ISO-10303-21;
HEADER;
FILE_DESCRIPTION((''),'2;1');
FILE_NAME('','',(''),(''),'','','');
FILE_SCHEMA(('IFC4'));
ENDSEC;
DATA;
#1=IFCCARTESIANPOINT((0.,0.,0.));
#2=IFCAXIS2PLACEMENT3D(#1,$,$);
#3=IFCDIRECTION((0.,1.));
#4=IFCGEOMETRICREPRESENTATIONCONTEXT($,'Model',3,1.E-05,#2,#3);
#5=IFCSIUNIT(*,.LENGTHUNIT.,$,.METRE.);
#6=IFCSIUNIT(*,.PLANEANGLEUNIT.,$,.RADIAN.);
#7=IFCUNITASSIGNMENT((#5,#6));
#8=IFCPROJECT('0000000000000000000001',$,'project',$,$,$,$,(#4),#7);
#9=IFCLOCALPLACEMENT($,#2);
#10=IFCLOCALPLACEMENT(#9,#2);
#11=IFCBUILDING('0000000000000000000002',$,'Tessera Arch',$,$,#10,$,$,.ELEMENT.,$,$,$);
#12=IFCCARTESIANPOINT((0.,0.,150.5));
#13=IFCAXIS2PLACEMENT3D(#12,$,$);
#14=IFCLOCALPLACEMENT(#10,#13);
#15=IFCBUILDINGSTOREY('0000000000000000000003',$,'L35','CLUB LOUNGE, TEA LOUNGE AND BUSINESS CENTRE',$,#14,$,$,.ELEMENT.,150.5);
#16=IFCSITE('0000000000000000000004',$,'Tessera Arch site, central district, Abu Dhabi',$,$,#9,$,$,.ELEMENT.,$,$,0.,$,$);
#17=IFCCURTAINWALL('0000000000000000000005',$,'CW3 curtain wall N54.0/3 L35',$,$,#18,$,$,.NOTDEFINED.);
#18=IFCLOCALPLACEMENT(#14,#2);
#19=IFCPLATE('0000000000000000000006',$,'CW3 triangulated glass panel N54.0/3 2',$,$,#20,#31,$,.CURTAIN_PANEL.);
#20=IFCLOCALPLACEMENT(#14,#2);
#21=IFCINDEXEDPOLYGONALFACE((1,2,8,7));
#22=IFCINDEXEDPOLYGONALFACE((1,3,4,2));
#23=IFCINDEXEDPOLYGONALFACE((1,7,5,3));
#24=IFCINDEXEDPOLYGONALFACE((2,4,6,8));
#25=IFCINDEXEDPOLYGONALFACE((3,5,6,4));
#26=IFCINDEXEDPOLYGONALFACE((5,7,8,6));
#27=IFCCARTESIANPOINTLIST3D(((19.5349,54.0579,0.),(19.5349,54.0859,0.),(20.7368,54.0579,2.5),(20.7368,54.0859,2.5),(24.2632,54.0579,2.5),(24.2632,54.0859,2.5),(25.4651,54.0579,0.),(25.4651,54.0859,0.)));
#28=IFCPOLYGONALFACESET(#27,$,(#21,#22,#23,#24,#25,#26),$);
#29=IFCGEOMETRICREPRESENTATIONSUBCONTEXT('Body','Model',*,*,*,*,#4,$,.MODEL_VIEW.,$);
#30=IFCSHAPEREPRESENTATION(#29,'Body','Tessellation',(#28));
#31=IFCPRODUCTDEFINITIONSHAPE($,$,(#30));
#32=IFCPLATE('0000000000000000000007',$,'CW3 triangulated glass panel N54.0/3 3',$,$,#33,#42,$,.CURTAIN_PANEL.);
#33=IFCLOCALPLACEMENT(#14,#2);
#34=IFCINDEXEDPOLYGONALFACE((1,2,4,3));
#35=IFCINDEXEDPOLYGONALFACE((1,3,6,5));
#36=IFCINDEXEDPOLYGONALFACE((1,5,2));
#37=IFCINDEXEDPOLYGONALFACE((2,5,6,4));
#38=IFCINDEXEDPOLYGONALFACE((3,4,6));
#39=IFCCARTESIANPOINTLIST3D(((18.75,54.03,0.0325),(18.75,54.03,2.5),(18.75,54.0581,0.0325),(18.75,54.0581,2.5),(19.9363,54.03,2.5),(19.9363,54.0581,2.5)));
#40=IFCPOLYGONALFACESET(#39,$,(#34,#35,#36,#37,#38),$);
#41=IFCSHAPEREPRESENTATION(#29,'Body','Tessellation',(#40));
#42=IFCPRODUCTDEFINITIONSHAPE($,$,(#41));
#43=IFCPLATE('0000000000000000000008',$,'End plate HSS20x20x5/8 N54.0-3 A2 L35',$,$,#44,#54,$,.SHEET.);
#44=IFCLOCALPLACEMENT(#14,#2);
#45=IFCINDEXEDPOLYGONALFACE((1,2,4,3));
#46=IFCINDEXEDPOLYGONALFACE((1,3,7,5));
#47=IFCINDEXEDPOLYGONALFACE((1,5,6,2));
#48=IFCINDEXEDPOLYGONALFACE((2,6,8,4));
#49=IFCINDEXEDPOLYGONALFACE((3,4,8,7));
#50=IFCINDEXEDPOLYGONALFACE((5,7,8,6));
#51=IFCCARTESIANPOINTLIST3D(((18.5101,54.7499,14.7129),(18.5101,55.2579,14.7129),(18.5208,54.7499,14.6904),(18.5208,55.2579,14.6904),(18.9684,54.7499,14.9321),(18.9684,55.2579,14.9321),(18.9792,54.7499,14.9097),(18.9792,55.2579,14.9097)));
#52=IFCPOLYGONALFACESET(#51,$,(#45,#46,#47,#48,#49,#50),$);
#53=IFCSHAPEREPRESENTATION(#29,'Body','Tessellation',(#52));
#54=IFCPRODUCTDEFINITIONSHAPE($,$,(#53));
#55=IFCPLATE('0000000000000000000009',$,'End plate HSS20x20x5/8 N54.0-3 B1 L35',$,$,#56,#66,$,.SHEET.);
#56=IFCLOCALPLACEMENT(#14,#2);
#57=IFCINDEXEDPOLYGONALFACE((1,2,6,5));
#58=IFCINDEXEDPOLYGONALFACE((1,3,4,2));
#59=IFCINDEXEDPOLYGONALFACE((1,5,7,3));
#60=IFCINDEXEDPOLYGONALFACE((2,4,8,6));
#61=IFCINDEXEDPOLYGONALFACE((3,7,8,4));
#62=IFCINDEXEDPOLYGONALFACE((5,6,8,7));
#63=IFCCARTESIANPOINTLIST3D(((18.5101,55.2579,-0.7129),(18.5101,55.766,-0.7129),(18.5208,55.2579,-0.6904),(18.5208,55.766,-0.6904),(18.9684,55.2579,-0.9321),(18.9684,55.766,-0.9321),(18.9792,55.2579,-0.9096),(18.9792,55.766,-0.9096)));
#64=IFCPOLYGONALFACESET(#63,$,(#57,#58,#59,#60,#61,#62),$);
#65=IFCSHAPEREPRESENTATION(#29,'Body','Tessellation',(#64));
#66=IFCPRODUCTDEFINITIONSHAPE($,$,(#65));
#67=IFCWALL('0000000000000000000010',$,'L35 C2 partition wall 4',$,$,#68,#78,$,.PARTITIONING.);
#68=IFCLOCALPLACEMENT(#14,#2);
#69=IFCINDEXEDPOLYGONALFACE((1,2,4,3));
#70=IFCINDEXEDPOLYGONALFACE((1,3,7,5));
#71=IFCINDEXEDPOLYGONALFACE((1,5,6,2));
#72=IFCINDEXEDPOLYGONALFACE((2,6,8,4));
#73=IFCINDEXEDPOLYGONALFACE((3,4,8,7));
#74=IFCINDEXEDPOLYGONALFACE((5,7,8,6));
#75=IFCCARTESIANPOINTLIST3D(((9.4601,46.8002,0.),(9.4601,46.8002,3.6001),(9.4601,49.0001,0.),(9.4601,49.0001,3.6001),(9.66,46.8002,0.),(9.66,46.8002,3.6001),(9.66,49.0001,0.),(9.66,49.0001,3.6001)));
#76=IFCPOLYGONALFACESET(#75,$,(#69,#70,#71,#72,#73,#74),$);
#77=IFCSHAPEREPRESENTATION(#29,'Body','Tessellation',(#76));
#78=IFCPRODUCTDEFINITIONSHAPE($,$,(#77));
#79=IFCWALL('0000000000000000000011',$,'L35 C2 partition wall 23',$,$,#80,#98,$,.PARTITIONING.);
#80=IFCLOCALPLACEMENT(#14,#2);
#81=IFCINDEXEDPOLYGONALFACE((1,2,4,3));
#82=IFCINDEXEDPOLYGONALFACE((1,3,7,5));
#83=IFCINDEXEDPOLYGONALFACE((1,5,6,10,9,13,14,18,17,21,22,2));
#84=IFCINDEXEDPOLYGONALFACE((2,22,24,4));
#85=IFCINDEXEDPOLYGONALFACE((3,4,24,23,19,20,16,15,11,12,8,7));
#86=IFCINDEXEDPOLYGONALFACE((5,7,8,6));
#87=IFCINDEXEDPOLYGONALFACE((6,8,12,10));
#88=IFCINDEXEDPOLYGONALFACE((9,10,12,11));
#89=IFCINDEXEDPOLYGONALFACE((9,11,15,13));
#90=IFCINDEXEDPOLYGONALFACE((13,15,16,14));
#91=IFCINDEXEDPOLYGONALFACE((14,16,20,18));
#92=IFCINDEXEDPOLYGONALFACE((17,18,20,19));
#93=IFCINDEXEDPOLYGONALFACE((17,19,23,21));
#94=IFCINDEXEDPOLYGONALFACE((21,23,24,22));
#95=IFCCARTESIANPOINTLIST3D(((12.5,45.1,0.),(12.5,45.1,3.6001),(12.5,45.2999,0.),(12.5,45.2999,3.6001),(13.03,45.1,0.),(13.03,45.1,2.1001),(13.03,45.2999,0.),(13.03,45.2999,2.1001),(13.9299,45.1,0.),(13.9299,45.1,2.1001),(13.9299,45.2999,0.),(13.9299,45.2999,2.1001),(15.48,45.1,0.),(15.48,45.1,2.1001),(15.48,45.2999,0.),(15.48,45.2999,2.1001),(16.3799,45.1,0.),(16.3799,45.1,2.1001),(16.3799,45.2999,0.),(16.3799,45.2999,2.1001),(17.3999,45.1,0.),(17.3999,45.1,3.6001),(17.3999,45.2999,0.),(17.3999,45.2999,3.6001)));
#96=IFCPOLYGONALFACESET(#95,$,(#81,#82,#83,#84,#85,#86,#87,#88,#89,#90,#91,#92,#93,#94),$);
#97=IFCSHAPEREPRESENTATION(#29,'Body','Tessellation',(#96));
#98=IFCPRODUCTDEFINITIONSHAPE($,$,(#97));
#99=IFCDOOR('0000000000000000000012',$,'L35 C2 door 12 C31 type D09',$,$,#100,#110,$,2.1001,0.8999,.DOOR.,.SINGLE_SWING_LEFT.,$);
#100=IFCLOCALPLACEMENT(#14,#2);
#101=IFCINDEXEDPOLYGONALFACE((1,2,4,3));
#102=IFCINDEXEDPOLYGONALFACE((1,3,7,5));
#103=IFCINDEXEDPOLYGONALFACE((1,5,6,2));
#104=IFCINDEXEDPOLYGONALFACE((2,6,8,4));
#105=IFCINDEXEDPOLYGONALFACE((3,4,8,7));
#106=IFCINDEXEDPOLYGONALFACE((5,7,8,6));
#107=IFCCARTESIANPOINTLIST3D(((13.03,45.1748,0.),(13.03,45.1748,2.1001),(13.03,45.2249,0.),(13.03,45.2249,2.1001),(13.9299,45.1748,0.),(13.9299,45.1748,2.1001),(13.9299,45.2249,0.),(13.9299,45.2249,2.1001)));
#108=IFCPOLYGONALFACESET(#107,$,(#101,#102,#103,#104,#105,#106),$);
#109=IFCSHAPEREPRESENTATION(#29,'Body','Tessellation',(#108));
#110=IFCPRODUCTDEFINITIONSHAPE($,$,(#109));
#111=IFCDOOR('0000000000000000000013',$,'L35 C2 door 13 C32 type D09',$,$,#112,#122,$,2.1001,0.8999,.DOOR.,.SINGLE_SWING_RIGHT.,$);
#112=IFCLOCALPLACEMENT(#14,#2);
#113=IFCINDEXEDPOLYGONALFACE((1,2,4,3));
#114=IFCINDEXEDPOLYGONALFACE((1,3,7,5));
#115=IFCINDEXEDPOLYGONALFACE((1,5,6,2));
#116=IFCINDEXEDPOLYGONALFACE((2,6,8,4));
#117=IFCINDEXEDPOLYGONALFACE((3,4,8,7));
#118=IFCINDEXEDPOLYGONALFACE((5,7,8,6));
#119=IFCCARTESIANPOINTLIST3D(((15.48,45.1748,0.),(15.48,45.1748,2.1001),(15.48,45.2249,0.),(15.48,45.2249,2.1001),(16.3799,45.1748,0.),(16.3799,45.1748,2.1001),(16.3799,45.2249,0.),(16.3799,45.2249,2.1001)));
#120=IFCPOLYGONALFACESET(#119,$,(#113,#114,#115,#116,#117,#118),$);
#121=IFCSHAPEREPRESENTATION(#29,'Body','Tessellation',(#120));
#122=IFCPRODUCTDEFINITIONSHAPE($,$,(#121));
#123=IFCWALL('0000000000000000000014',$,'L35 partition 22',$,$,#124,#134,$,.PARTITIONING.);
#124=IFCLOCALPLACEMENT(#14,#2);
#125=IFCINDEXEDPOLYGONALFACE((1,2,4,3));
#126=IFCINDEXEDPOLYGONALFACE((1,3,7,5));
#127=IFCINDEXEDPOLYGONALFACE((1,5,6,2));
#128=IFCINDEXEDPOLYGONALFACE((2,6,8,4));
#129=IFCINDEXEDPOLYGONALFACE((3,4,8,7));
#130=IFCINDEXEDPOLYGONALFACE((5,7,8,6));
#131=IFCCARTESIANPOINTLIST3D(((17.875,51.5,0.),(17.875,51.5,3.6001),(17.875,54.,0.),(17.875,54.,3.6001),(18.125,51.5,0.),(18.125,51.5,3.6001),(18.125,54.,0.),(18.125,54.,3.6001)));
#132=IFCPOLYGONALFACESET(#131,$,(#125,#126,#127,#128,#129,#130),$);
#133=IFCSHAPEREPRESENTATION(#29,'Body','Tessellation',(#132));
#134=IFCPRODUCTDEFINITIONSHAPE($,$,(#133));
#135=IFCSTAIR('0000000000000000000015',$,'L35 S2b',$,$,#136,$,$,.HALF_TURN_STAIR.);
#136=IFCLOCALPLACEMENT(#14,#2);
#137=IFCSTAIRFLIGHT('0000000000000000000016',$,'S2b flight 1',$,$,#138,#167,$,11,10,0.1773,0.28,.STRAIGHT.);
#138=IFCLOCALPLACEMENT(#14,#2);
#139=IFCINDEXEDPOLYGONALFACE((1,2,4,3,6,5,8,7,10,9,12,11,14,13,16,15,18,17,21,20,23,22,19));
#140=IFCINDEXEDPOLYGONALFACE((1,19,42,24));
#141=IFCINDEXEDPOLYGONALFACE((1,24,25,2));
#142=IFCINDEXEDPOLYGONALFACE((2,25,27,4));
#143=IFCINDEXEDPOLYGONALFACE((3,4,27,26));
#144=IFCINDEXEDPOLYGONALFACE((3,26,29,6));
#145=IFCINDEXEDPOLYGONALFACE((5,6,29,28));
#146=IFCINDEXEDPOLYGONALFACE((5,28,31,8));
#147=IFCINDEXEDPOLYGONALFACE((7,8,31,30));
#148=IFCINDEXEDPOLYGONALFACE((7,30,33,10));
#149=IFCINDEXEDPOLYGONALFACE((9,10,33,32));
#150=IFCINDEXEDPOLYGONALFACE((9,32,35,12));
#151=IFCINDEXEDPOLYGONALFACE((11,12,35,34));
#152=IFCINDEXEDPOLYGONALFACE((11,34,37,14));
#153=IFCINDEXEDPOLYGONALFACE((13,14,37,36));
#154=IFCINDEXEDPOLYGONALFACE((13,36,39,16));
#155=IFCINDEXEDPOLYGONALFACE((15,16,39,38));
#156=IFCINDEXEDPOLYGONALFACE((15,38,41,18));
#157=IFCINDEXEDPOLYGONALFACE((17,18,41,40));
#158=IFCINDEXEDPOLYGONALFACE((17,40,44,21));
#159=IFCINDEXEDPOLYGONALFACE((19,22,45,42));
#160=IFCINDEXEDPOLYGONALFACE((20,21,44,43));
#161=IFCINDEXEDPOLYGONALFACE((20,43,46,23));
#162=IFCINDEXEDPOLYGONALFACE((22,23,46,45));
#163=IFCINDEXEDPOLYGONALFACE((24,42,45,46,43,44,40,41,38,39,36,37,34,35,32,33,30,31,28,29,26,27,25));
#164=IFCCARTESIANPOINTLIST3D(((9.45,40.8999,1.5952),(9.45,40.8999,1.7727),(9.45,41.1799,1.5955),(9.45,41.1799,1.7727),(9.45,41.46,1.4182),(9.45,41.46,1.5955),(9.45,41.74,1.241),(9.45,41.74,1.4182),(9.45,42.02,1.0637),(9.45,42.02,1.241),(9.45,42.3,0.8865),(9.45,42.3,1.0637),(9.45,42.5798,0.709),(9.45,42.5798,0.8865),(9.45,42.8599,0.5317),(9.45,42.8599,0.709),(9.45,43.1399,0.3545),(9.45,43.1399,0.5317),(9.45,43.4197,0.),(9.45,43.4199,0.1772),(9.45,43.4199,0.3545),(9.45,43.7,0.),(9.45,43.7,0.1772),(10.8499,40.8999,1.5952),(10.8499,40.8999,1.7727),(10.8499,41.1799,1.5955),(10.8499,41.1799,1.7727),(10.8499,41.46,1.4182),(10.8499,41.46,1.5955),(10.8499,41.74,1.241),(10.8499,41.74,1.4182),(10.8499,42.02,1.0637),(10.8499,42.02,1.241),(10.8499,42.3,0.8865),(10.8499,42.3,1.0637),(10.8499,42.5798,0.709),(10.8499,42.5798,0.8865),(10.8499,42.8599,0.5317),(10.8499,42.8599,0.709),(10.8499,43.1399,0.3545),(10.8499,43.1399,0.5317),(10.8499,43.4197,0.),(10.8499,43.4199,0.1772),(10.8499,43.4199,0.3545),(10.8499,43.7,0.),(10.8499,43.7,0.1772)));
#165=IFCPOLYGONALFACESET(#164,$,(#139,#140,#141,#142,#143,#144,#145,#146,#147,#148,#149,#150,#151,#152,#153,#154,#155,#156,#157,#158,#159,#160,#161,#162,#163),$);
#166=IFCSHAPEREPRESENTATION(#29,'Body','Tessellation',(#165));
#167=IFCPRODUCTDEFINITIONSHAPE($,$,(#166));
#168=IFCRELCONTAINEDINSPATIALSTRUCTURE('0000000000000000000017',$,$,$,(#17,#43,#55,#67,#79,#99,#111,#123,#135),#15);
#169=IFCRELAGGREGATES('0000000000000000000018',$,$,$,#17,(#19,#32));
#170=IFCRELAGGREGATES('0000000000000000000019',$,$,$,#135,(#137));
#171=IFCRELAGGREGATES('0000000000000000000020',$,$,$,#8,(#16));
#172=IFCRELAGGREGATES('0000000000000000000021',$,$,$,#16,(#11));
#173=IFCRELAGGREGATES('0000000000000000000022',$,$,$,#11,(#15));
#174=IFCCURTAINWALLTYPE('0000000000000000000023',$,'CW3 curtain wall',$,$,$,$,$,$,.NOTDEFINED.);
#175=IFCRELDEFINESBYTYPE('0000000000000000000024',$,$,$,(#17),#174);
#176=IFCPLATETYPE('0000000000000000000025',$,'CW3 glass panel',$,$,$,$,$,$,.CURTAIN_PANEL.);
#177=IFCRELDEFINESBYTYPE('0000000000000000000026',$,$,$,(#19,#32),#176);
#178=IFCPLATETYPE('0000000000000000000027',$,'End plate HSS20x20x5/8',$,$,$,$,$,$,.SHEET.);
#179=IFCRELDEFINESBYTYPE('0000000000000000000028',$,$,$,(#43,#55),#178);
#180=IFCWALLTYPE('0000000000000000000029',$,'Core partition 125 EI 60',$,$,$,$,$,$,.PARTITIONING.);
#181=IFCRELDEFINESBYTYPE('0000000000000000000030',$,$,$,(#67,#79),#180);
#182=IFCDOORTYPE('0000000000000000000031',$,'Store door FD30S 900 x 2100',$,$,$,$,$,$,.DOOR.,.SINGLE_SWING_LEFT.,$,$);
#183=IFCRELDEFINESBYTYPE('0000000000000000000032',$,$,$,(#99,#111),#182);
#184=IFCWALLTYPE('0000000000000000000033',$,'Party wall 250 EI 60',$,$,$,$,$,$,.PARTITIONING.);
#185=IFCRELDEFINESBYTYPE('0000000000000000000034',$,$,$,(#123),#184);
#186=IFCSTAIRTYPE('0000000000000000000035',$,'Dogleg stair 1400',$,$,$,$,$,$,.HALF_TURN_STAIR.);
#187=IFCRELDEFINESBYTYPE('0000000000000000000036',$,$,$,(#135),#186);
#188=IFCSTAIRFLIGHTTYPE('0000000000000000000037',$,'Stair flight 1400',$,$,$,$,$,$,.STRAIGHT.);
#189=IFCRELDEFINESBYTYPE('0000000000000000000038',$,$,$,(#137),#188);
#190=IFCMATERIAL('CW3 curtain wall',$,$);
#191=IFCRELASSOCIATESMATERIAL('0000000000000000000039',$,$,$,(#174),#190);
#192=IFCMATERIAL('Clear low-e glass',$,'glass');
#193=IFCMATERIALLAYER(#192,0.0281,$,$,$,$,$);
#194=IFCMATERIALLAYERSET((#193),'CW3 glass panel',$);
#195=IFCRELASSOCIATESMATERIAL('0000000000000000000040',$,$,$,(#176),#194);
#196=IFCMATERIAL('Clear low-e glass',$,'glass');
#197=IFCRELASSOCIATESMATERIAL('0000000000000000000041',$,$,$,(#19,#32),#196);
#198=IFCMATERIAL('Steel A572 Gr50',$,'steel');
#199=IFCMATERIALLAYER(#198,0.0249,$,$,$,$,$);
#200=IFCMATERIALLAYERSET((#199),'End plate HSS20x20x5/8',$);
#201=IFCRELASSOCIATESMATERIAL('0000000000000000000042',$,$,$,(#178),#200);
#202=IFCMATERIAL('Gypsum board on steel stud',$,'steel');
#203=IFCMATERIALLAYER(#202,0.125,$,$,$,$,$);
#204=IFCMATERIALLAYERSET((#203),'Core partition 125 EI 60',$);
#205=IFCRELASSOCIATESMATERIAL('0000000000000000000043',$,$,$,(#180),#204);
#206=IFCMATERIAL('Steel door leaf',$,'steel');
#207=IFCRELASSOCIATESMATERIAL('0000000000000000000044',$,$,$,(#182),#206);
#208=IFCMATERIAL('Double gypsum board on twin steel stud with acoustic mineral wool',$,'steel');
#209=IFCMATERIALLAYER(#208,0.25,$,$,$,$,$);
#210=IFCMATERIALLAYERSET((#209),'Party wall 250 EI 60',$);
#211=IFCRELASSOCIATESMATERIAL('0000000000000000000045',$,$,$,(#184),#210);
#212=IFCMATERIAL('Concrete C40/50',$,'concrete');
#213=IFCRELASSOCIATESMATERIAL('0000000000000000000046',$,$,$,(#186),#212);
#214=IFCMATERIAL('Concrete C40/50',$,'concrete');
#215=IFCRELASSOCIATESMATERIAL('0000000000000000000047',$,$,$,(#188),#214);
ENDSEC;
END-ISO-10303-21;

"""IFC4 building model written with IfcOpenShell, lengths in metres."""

from ifc_helpers import new_model, si_unit, direction, frame, frame_2d, origin, origin_2d, place, context, subcontext, project, spatial, polyline, rectangle, outline, extrude, material, layer, layer_set, type_object, element, fill, aggregate, save


model = new_model("IFC4")

# Units and contexts
model_context = context("Model", 3, precision=1e-05, world=origin(), true_north=direction((0.0, 1.0)))
body_context = subcontext(model_context, "Body", "Model", "MODEL_VIEW")
ifc_project = project(units=[si_unit("LENGTHUNIT", "METRE"), si_unit("PLANEANGLEUNIT", "RADIAN")], contexts=[model_context])

# Site, building, storey
site_placement = place(None, origin())
site = spatial("IfcSite", under=ifc_project, at=site_placement, Name="Tessera Arch site, central district, Abu Dhabi", CompositionType="ELEMENT", RefElevation=0.0)
building_placement = place(site_placement, origin())
building = spatial("IfcBuilding", under=site, at=building_placement, Name="Tessera Arch", CompositionType="ELEMENT")
storey_placement = place(building_placement, frame((0.0, 0.0, 150.5)))
storey = spatial("IfcBuildingStorey", under=building, at=storey_placement, Name="L35", Description="CLUB LOUNGE, TEA LOUNGE AND BUSINESS CENTRE", CompositionType="ELEMENT", Elevation=150.5)

# Shared definitions
ifc_material_1 = material(Name="Clear low-e glass", Category="glass")

# Curtain wall, plates
ifc_material_2 = material(Name="CW3 curtain wall")
curtain_wall_type_1 = type_object("IfcCurtainWallType", Name="CW3 curtain wall", PredefinedType="NOTDEFINED", material=ifc_material_2)
curtain_wall_1_placement = place(storey_placement, origin())
curtain_wall_1 = element("IfcCurtainWall", 1, at=curtain_wall_1_placement, inside=storey, type_object=curtain_wall_type_1, Name="CW3 curtain wall N54.0/3 L35", PredefinedType="NOTDEFINED")
ifc_material_3 = material(Name="Clear low-e glass", Category="glass")
ifc_layer_1 = layer(ifc_material_3, 0.0281)
ifc_layer_set_1 = layer_set([ifc_layer_1], Name="CW3 glass panel")
plate_type_1 = type_object("IfcPlateType", Name="CW3 glass panel", PredefinedType="CURTAIN_PANEL", material=ifc_layer_set_1)
plate_1_placement = place(storey_placement, frame((20.7368, 54.0859, 2.5), z_axis=(0.0, 1.0, 0.0), x_axis=(1.0, 0.0, 0.0)))
plate_1 = element("IfcPlate", 2, at=plate_1_placement, type_object=plate_type_1, material=ifc_material_1, Name="CW3 triangulated glass panel N54.0/3 2", PredefinedType="CURTAIN_PANEL", context=body_context, shape_type="SweptSolid", body=[
    extrude(outline(polyline([(0.0, 0.0), (3.5264, 0.0), (4.7283, 2.5), (-1.2019, 2.5), (0.0, 0.0)])), origin(), (0.0, 0.0, -1.0), 0.0281),
])
plate_2_placement = place(storey_placement, frame((18.75, 54.0581, 2.5), z_axis=(0.0, 1.0, 0.0), x_axis=(1.0, 0.0, 0.0)))
plate_2 = element("IfcPlate", 3, at=plate_2_placement, type_object=plate_type_1, material=ifc_material_1, Name="CW3 triangulated glass panel N54.0/3 3", PredefinedType="CURTAIN_PANEL", context=body_context, shape_type="SweptSolid", body=[
    extrude(outline(polyline([(0.0, 0.0), (1.1863, 0.0), (0.0, 2.4675), (0.0, 0.0)])), origin(), (0.0, 0.0, -1.0), 0.0281),
])
aggregate(curtain_wall_1, [plate_1, plate_2])

# Plates
ifc_material_4 = material(Name="Steel A572 Gr50", Category="steel")
ifc_layer_2 = layer(ifc_material_4, 0.0249)
ifc_layer_set_2 = layer_set([ifc_layer_2], Name="End plate HSS20x20x5/8")
plate_type_2 = type_object("IfcPlateType", Name="End plate HSS20x20x5/8", PredefinedType="SHEET", material=ifc_layer_set_2)
for number, where, z_axis, x_axis, name in (
    (4, (18.75, 55.0039, 14.8), (-0.431455, 0.0, 0.902134), (0.0, -1.0, 0.0), "End plate HSS20x20x5/8 N54.0-3 A2 L35"),
    (5, (18.7393, 55.512, -0.8225), (0.431455, 0.0, 0.902134), (0.0, 1.0, 0.0), "End plate HSS20x20x5/8 N54.0-3 B1 L35"),
):
    element("IfcPlate", number, at=place(storey_placement, frame(where, z_axis=z_axis, x_axis=x_axis)), inside=storey, type_object=plate_type_2, Name=name, PredefinedType="SHEET", context=body_context, shape_type="SweptSolid", body=[
        extrude(rectangle(XDim=0.5081, YDim=0.5081, at=origin_2d()), origin(), (0.0, 0.0, 1.0), 0.0249),
    ])

# Wall
ifc_material_5 = material(Name="Gypsum board on steel stud", Category="steel")
ifc_layer_3 = layer(ifc_material_5, 0.125)
ifc_layer_set_3 = layer_set([ifc_layer_3], Name="Core partition 125 EI 60")
wall_type_1 = type_object("IfcWallType", Name="Core partition 125 EI 60", PredefinedType="PARTITIONING", material=ifc_layer_set_3)
wall_1_placement = place(storey_placement, frame((9.5601, 46.8, 0.0), z_axis=(0.0, 0.0, 1.0), x_axis=(0.0, 1.0, 0.0)))
element("IfcWall", 6, at=wall_1_placement, inside=storey, type_object=wall_type_1, Name="L35 C2 partition wall 4", PredefinedType="PARTITIONING", context=body_context, shape_type="SweptSolid", body=[
    extrude(rectangle(XDim=2.2, YDim=0.2, at=frame_2d((1.1001, 0.0))), origin(), (0.0, 0.0, 1.0), 3.6001),
])

# Wall, openings, doors
wall_2_placement = place(storey_placement, frame((12.5, 45.2, 0.0), z_axis=(0.0, 0.0, 1.0), x_axis=(1.0, 0.0, 0.0)))
wall_2 = element("IfcWall", 7, at=wall_2_placement, inside=storey, type_object=wall_type_1, Name="L35 C2 partition wall 23", PredefinedType="PARTITIONING", context=body_context, shape_type="SweptSolid", body=[
    extrude(rectangle(XDim=4.8999, YDim=0.2, at=frame_2d((2.45, 0.0))), origin(), (0.0, 0.0, 1.0), 3.6001),
])
opening_1_placement = place(wall_2_placement, frame((0.53, 0.0, 0.0)))
opening_1 = element("IfcOpeningElement", 8, at=opening_1_placement, cuts=wall_2, PredefinedType="OPENING", context=body_context, shape_type="SweptSolid", body=[
    extrude(rectangle(XDim=0.8999, YDim=2.1001, at=frame_2d((0.45, 1.05))), frame((0.0, 0.1099, 0.0), z_axis=(0.0, -1.0, 0.0), x_axis=(1.0, 0.0, 0.0)), (0.0, 0.0, 1.0), 0.22),
])
opening_2_placement = place(wall_2_placement, frame((2.98, 0.0, 0.0)))
opening_2 = element("IfcOpeningElement", 9, at=opening_2_placement, cuts=wall_2, PredefinedType="OPENING", context=body_context, shape_type="SweptSolid", body=[
    extrude(rectangle(XDim=0.8999, YDim=2.1001, at=frame_2d((0.45, 1.05))), frame((0.0, 0.1099, 0.0), z_axis=(0.0, -1.0, 0.0), x_axis=(1.0, 0.0, 0.0)), (0.0, 0.0, 1.0), 0.22),
])
ifc_material_6 = material(Name="Steel door leaf", Category="steel")
door_type = type_object("IfcDoorType", Name="Store door FD30S 900 x 2100", OperationType="SINGLE_SWING_LEFT", PredefinedType="DOOR", material=ifc_material_6)
door_1_placement = place(opening_1_placement, origin())
door_1 = element("IfcDoor", 10, at=door_1_placement, inside=storey, type_object=door_type, Name="L35 C2 door 12 C31 type D09", OperationType="SINGLE_SWING_LEFT", OverallHeight=2.1001, OverallWidth=0.8999, PredefinedType="DOOR", context=body_context, shape_type="SweptSolid", body=[
    extrude(rectangle(XDim=0.8999, YDim=2.1001, at=frame_2d((0.45, 1.05))), frame((0.0, 0.0249, 0.0), z_axis=(0.0, -1.0, 0.0), x_axis=(1.0, 0.0, 0.0)), (0.0, 0.0, 1.0), 0.05),
])
fill(opening_1, door_1)
door_2_placement = place(opening_2_placement, origin())
door_2 = element("IfcDoor", 11, at=door_2_placement, inside=storey, type_object=door_type, Name="L35 C2 door 13 C32 type D09", OperationType="SINGLE_SWING_RIGHT", OverallHeight=2.1001, OverallWidth=0.8999, PredefinedType="DOOR", context=body_context, shape_type="SweptSolid", body=[
    extrude(rectangle(XDim=0.8999, YDim=2.1001, at=frame_2d((0.45, 1.05))), frame((0.0, 0.0249, 0.0), z_axis=(0.0, -1.0, 0.0), x_axis=(1.0, 0.0, 0.0)), (0.0, 0.0, 1.0), 0.05),
])
fill(opening_2, door_2)

# Wall
ifc_material_7 = material(Name="Double gypsum board on twin steel stud with acoustic mineral wool", Category="steel")
ifc_layer_4 = layer(ifc_material_7, 0.25)
ifc_layer_set_4 = layer_set([ifc_layer_4], Name="Party wall 250 EI 60")
wall_type_2 = type_object("IfcWallType", Name="Party wall 250 EI 60", PredefinedType="PARTITIONING", material=ifc_layer_set_4)
wall_3_placement = place(storey_placement, frame((18.0, 51.5, 0.0), z_axis=(0.0, 0.0, 1.0), x_axis=(0.0, 1.0, 0.0)))
element("IfcWall", 12, at=wall_3_placement, inside=storey, type_object=wall_type_2, Name="L35 partition 22", PredefinedType="PARTITIONING", context=body_context, shape_type="SweptSolid", body=[
    extrude(rectangle(XDim=2.5, YDim=0.25, at=frame_2d((1.25, 0.0))), origin(), (0.0, 0.0, 1.0), 3.6001),
])

# Stair, stair flight
ifc_material_8 = material(Name="Concrete C40/50", Category="concrete")
stair_type = type_object("IfcStairType", Name="Dogleg stair 1400", PredefinedType="HALF_TURN_STAIR", material=ifc_material_8)
stair_placement = place(storey_placement, origin())
stair = element("IfcStair", 13, at=stair_placement, inside=storey, type_object=stair_type, Name="L35 S2b", PredefinedType="HALF_TURN_STAIR")
ifc_material_9 = material(Name="Concrete C40/50", Category="concrete")
stair_flight_type = type_object("IfcStairFlightType", Name="Stair flight 1400", PredefinedType="STRAIGHT", material=ifc_material_9)
stair_flight_placement = place(storey_placement, frame((10.1499, 43.7, 0.0), z_axis=(0.0, 0.0, 1.0), x_axis=(0.0, -1.0, 0.0)))
stair_flight = element("IfcStairFlight", 14, at=stair_flight_placement, type_object=stair_flight_type, Name="S2b flight 1", NumberOfRisers=11, NumberOfTreads=10, PredefinedType="STRAIGHT", RiserHeight=0.1773, TreadLength=0.28, context=body_context, shape_type="SweptSolid", body=[
    extrude(outline(polyline([(0.0, 0.0), (0.0, 0.1772), (0.28, 0.1772), (0.28, 0.3545), (0.5601, 0.3545), (0.5601, 0.5317), (0.8401, 0.5317), (0.8401, 0.709), (1.1201, 0.709), (1.1201, 0.8865), (1.3999, 0.8865), (1.3999, 1.0637), (1.6799, 1.0637), (1.6799, 1.241), (1.96, 1.241), (1.96, 1.4182), (2.24, 1.4182), (2.24, 1.5955), (2.52, 1.5955), (2.52, 1.7727), (2.8, 1.7727), (2.8, 1.95), (2.8, 1.5952), (0.2803, 0.0), (0.0, 0.0)])), frame((0.0, 0.7, 0.0), z_axis=(0.0, -1.0, 0.0), x_axis=(1.0, 0.0, 0.0)), (0.0, 0.0, 1.0), 1.3999),
])
aggregate(stair, [stair_flight])

save(model, "model.ifc")
